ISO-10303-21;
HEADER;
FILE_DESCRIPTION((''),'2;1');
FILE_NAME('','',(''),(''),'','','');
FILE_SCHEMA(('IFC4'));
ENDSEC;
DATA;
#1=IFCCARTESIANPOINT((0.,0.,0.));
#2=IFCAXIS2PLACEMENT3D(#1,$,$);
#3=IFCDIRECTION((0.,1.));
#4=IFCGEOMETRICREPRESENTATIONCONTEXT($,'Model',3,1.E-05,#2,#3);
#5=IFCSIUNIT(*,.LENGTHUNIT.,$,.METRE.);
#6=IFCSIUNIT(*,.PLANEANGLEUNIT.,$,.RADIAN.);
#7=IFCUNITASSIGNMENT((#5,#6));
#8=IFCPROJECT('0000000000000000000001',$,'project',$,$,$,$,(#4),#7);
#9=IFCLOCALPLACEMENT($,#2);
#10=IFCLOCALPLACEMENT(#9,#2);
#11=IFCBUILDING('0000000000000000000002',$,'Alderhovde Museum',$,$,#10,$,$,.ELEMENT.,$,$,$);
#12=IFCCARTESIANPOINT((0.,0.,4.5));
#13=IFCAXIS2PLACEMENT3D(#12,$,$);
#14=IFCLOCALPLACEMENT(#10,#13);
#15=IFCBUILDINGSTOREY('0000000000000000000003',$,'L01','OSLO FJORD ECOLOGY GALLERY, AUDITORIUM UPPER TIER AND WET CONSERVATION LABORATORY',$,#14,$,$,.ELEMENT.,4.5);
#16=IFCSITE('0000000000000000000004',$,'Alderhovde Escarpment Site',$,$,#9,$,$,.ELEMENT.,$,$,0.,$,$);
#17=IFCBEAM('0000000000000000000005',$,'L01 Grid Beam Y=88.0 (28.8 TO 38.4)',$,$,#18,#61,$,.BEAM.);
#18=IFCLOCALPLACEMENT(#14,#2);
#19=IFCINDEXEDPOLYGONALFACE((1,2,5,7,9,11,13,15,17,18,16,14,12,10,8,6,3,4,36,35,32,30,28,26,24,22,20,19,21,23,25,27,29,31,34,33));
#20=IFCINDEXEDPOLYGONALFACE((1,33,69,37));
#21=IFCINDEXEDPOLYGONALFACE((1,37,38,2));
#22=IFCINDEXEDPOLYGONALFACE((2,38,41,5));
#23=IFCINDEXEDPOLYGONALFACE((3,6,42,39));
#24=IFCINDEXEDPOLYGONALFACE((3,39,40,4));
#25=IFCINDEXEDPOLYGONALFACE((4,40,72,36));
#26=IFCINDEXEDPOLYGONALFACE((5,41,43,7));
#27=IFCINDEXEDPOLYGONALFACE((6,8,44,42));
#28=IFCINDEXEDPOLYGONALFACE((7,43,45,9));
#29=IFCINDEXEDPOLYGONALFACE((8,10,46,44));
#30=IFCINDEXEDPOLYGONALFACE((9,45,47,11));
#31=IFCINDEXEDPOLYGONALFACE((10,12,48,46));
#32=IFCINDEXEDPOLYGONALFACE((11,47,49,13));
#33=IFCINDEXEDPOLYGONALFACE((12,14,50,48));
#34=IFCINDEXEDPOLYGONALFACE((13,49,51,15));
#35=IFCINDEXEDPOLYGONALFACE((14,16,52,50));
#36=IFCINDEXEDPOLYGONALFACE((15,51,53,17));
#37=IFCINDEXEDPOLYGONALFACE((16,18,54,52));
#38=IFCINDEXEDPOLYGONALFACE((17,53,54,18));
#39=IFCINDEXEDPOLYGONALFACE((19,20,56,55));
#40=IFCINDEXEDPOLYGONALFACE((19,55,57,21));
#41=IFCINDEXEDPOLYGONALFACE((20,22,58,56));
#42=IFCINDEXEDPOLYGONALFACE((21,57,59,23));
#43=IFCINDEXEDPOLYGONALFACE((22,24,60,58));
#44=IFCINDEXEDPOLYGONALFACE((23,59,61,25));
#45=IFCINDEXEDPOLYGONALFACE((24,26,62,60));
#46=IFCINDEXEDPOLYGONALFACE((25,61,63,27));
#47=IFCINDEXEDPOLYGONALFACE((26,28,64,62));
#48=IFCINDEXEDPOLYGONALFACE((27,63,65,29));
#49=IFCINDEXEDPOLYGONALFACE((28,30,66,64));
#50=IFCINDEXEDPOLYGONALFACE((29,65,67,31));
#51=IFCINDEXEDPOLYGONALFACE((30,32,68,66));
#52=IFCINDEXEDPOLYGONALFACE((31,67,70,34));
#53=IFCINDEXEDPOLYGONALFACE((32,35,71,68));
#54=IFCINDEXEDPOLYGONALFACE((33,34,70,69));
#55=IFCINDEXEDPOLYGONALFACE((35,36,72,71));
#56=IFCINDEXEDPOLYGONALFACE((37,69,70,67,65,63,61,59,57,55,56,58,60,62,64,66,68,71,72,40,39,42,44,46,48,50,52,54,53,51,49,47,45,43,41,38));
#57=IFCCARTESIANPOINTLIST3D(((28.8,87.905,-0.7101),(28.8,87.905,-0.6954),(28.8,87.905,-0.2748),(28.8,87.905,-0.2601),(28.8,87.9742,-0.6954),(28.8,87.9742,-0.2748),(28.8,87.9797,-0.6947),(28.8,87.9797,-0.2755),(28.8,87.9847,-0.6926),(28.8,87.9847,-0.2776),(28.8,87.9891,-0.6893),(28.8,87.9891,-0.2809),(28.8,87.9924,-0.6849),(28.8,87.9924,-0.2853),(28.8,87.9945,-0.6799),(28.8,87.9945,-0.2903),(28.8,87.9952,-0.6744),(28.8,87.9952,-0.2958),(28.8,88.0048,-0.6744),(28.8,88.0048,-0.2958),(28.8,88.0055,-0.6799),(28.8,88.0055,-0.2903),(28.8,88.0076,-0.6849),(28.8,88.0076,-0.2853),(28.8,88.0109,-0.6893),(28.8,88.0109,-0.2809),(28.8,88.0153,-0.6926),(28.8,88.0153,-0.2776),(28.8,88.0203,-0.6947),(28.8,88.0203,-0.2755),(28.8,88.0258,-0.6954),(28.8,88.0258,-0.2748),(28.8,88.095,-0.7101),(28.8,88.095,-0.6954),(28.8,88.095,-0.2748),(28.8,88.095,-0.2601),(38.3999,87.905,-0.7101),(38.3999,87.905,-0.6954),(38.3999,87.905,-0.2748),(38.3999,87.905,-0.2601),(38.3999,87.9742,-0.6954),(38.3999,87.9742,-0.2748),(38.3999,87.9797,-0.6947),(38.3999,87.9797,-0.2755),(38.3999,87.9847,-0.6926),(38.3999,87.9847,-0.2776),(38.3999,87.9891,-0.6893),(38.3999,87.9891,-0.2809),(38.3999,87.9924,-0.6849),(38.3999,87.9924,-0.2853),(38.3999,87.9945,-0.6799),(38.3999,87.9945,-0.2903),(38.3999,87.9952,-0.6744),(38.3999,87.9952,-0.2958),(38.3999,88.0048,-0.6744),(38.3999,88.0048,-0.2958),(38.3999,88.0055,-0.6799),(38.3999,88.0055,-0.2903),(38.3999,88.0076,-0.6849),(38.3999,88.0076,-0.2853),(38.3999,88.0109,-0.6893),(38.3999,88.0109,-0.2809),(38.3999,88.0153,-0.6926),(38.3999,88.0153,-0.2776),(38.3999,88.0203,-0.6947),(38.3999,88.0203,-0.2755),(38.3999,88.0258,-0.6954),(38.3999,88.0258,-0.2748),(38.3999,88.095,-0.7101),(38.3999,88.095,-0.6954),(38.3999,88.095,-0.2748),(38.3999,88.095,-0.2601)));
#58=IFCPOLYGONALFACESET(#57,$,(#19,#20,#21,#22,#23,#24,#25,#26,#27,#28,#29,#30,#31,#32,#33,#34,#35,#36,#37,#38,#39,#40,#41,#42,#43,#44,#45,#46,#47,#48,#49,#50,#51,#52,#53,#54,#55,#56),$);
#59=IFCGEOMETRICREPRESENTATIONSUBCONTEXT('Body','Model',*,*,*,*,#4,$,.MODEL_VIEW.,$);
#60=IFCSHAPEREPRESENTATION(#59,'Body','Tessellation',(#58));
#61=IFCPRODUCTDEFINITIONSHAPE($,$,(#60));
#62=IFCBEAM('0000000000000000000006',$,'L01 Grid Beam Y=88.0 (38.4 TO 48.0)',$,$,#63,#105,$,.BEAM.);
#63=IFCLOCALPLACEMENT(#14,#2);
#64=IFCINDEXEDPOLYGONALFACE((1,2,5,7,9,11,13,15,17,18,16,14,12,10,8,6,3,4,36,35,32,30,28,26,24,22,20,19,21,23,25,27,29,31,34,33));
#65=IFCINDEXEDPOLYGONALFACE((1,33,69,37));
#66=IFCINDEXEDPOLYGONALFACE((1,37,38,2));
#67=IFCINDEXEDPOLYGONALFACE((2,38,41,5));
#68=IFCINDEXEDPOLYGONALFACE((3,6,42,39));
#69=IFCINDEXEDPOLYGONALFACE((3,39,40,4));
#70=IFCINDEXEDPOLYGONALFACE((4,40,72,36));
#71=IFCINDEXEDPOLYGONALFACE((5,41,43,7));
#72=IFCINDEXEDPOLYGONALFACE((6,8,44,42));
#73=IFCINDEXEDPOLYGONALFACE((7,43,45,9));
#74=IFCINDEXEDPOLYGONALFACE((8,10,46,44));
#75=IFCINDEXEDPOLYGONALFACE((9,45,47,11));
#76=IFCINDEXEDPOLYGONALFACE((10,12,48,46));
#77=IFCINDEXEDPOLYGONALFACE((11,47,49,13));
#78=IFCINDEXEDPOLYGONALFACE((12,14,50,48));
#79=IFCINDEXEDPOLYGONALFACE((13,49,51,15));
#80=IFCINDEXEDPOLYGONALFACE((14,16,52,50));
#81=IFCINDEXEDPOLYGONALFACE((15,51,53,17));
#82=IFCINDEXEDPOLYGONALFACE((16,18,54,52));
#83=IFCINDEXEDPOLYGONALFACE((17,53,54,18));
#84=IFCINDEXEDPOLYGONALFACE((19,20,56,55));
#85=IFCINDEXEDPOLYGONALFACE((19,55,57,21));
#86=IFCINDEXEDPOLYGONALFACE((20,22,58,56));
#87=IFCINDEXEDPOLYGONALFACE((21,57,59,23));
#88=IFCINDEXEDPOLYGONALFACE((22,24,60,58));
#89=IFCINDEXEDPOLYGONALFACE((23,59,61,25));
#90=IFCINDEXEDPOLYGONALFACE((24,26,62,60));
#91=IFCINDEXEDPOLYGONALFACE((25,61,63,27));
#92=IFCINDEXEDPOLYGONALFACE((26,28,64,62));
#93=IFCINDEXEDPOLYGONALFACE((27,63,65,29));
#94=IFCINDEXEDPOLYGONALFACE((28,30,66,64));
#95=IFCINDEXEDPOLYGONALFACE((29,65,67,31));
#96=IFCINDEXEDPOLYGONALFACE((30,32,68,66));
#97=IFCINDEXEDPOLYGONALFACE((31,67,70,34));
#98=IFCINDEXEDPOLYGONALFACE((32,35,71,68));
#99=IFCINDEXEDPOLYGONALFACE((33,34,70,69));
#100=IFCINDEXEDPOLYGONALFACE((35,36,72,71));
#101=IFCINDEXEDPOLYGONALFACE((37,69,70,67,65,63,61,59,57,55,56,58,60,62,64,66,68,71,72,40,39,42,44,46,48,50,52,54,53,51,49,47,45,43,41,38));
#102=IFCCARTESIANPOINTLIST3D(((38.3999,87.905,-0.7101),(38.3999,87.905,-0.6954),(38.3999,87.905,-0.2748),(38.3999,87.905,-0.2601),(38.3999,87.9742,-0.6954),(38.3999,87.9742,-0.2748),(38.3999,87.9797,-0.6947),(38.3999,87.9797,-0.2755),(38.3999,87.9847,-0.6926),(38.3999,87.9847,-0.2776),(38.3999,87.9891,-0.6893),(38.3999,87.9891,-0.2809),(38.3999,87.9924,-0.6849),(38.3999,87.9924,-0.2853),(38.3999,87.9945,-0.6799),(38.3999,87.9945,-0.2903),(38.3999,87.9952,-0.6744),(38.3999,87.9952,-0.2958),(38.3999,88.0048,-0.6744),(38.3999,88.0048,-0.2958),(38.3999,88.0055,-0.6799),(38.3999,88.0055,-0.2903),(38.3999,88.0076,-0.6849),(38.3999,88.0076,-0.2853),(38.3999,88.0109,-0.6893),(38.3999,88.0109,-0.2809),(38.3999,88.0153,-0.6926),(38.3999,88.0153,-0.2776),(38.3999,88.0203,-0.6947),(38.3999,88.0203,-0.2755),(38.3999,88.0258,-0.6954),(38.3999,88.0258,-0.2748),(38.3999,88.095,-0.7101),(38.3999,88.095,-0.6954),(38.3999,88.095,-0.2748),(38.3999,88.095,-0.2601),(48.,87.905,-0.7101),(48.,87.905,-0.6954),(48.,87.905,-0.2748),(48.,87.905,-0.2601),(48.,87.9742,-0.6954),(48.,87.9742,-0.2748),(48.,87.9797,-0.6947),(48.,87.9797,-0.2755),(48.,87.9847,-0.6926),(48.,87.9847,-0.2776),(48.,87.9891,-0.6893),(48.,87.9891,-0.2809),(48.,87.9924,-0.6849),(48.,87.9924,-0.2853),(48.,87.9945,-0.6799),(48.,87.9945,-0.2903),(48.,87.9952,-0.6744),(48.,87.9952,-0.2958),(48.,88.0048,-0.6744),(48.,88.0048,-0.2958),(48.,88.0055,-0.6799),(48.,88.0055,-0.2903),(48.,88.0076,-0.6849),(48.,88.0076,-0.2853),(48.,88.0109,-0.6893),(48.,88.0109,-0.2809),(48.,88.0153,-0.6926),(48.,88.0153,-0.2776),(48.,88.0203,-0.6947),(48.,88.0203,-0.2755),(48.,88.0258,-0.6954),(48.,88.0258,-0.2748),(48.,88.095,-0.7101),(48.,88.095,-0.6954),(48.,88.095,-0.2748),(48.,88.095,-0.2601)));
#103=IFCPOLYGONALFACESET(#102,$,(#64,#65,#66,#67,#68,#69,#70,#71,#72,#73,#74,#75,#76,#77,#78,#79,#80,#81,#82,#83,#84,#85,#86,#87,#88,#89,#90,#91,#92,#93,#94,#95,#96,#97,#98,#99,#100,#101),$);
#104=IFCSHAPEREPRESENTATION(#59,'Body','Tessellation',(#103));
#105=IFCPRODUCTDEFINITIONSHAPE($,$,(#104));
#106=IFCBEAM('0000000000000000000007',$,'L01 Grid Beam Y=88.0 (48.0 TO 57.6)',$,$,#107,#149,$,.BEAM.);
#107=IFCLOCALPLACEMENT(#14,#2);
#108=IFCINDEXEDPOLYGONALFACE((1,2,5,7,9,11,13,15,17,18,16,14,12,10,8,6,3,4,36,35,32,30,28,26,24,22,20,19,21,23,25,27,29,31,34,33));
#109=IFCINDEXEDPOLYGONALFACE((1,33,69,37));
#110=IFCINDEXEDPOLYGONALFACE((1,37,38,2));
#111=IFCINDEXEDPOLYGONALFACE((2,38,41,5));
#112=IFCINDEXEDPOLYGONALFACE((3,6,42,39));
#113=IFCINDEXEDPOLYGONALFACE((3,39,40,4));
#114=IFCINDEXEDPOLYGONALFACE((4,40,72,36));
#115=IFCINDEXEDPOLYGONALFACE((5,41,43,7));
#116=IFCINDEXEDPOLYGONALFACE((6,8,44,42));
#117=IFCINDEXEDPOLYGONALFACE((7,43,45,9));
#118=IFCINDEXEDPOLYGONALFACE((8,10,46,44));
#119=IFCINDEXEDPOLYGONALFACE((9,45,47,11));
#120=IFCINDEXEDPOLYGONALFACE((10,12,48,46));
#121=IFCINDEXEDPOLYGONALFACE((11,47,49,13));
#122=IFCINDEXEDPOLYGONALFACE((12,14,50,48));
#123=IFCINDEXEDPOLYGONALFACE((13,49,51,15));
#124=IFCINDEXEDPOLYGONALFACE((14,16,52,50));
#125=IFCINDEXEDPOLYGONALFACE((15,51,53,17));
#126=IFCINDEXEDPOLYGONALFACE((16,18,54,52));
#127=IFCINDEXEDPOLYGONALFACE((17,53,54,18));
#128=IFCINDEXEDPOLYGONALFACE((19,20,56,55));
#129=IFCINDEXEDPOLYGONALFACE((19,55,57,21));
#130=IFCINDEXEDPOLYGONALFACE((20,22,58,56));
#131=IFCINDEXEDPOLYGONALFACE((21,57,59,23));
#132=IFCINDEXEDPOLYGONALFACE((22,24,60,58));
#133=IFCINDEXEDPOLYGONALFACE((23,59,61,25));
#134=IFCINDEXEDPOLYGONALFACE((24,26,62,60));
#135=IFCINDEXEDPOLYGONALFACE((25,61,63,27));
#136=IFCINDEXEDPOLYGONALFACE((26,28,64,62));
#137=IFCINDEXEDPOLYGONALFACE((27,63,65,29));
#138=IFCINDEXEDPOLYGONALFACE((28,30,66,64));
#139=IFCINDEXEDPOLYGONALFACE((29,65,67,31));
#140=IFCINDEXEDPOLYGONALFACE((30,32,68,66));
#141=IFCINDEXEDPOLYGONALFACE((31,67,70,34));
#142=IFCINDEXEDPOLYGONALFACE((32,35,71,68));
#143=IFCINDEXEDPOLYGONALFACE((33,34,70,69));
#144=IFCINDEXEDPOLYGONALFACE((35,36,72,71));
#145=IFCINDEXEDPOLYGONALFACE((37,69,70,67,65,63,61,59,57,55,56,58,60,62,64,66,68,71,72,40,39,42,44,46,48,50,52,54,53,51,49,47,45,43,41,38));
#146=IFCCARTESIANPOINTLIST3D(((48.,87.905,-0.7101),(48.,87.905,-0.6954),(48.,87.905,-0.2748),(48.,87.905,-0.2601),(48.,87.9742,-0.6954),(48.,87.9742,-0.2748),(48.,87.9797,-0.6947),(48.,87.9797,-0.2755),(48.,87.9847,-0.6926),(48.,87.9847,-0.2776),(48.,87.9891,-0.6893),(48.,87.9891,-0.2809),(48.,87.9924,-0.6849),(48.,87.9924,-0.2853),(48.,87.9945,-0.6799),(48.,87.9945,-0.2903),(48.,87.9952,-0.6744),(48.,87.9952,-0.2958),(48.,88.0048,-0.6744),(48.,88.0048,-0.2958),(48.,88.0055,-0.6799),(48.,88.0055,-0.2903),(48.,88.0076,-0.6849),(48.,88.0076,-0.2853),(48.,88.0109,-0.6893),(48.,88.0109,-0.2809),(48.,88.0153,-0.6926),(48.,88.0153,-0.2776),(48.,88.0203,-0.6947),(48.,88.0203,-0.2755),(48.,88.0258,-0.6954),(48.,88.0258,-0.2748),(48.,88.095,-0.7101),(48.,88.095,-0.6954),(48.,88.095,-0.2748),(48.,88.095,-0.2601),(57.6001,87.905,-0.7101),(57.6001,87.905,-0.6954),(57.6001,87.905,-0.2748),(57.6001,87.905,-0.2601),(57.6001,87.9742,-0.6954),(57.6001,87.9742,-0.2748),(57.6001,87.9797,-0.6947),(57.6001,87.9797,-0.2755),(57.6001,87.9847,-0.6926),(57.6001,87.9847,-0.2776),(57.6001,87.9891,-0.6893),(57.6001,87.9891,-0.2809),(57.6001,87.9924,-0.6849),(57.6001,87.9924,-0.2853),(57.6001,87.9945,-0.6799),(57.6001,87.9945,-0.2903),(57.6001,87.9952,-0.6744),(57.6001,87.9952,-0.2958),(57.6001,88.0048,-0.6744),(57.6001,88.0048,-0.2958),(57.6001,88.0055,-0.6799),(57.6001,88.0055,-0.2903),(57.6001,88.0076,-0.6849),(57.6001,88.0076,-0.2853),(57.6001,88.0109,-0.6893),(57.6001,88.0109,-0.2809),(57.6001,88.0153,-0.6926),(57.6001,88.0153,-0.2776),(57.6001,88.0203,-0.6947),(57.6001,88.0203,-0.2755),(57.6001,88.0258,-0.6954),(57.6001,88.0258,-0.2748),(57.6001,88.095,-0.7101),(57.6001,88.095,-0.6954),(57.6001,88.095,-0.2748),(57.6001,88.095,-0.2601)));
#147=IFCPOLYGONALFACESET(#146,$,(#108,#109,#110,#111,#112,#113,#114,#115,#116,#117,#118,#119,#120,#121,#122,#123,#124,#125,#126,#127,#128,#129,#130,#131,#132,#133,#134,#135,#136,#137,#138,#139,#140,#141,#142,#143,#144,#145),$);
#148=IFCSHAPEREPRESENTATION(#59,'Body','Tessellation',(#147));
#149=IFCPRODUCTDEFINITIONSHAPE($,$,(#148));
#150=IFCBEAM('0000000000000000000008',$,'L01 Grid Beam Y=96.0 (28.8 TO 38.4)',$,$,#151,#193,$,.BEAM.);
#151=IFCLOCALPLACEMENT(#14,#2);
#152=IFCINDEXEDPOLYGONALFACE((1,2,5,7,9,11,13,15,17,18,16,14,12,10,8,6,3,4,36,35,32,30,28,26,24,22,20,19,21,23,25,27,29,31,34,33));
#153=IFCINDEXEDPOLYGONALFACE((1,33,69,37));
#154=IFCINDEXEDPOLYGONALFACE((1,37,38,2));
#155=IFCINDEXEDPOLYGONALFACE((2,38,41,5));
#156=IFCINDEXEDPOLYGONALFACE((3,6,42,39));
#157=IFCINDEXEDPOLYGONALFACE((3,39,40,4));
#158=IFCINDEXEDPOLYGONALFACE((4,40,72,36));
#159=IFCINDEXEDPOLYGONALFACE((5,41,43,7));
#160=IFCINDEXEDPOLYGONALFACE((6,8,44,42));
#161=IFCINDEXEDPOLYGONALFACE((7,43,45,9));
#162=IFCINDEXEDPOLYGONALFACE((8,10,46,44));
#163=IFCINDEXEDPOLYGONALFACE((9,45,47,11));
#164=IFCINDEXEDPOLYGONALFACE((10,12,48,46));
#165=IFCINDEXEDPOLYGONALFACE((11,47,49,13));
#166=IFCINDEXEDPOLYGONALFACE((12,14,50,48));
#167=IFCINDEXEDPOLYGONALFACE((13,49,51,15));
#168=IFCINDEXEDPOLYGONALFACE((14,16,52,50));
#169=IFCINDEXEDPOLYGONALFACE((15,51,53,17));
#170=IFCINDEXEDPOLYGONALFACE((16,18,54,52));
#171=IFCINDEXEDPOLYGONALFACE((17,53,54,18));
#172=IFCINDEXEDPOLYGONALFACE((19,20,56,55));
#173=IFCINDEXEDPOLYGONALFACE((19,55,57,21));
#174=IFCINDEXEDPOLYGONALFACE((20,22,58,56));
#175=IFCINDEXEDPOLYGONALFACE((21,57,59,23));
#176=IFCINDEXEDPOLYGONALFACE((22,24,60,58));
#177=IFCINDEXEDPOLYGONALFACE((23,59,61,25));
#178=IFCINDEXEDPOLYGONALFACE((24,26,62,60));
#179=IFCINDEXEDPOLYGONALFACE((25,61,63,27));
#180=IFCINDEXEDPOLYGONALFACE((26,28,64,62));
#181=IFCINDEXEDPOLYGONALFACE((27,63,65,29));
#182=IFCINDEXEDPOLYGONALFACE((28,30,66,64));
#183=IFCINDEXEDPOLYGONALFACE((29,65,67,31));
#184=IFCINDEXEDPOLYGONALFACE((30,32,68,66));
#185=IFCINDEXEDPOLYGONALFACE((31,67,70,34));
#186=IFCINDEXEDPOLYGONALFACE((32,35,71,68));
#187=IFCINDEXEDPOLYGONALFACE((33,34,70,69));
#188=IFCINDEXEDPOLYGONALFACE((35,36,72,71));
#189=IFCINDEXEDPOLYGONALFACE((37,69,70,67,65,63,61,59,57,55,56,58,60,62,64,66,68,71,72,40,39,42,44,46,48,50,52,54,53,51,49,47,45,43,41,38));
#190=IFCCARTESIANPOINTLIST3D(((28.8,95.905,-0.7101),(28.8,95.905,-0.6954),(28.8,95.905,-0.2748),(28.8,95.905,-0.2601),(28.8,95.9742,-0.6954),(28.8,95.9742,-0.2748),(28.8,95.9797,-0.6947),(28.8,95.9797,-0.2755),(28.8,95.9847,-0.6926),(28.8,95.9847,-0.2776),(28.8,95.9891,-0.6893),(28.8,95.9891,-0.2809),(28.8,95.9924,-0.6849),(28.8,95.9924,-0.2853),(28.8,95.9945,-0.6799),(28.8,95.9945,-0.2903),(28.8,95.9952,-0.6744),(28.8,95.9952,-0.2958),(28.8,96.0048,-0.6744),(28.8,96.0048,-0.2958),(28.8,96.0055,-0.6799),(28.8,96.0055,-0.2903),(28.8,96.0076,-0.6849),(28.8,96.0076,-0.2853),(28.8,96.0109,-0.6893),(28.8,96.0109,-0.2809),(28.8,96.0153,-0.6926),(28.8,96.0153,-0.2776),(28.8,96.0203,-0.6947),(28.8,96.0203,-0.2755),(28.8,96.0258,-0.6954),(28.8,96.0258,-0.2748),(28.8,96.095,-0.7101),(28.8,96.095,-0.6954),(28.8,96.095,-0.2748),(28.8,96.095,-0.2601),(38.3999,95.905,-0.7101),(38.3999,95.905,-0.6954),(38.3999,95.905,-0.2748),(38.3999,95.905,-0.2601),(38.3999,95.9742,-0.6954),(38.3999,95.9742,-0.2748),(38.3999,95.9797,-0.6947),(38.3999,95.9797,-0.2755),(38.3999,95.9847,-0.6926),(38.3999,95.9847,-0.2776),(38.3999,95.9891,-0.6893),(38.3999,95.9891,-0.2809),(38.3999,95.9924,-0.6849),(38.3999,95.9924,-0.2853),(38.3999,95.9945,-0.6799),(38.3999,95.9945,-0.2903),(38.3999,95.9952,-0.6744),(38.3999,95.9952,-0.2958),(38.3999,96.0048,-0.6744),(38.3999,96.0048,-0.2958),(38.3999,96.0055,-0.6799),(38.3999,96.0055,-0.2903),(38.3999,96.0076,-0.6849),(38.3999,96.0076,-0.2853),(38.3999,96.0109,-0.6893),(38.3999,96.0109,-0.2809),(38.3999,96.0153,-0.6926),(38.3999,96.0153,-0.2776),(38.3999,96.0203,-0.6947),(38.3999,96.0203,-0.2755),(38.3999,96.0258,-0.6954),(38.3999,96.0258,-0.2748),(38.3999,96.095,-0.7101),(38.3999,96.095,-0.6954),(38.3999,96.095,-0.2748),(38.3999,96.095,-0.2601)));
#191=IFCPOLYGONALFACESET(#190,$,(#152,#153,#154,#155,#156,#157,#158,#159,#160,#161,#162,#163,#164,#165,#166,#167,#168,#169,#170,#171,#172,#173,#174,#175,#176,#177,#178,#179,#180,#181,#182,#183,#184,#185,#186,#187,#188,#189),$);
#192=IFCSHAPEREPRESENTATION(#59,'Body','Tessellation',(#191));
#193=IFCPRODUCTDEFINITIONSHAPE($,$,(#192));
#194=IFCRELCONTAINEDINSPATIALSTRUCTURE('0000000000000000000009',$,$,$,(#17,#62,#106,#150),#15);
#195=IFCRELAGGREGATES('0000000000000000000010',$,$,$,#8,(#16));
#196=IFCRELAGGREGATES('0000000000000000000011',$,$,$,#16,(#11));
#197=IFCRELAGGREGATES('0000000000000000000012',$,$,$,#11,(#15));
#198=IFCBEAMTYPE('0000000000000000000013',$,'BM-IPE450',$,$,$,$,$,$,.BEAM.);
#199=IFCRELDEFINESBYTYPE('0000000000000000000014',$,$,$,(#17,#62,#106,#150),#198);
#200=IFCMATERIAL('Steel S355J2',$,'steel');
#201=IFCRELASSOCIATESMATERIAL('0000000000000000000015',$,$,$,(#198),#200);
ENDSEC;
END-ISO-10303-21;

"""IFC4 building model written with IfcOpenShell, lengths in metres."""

from ifc_helpers import new_model, si_unit, direction, frame, origin, origin_2d, place, context, subcontext, project, spatial, i_section, extrude, material, material_profile, profile_set, type_object, element, save


model = new_model("IFC4")

# Units and contexts
model_context = context("Model", 3, precision=1e-05, world=origin(), true_north=direction((0.0, 1.0)))
body_context = subcontext(model_context, "Body", "Model", "MODEL_VIEW")
ifc_project = project(units=[si_unit("LENGTHUNIT", "METRE"), si_unit("PLANEANGLEUNIT", "RADIAN")], contexts=[model_context])

# Site, building, storey
site_placement = place(None, origin())
site = spatial("IfcSite", under=ifc_project, at=site_placement, Name="Alderhovde Escarpment Site", CompositionType="ELEMENT", RefElevation=0.0)
building_placement = place(site_placement, origin())
building = spatial("IfcBuilding", under=site, at=building_placement, Name="Alderhovde Museum", CompositionType="ELEMENT")
storey_placement = place(building_placement, frame((0.0, 0.0, 4.5)))
storey = spatial("IfcBuildingStorey", under=building, at=storey_placement, Name="L01", Description="OSLO FJORD ECOLOGY GALLERY, AUDITORIUM UPPER TIER AND WET CONSERVATION LABORATORY", CompositionType="ELEMENT", Elevation=4.5)

# Beams
ifc_material_1 = material(Name="Steel S355J2", Category="steel")
ifc_material_profile_1 = material_profile(ifc_material_1, i_section(OverallWidth=0.1899, OverallDepth=0.45, WebThickness=0.0095, FlangeThickness=0.0146, FilletRadius=0.021, at=origin_2d()), Name="IPE 450")
ifc_profile_set_1 = profile_set([ifc_material_profile_1], Name="Steel S355J2")
beam_type_1 = type_object("IfcBeamType", Name="BM-IPE450", PredefinedType="BEAM", material=ifc_profile_set_1)
beam_1_placement = place(storey_placement, frame((28.8, 88.0, -0.4851), z_axis=(1.0, 0.0, 0.0), x_axis=(0.0, 1.0, 0.0)))
element("IfcBeam", 1, at=beam_1_placement, inside=storey, type_object=beam_type_1, Name="L01 Grid Beam Y=88.0 (28.8 TO 38.4)", PredefinedType="BEAM", context=body_context, shape_type="SweptSolid", body=[
    extrude(i_section(OverallWidth=0.1899, OverallDepth=0.45, WebThickness=0.0095, FlangeThickness=0.0146, FilletRadius=0.021, at=origin_2d()), origin(), (0.0, 0.0, 1.0), 9.5999),
])
for number, where, z_axis, x_axis, name in (
    (2, (38.3999, 88.0, -0.4851), (1.0, 0.0, 0.0), (0.0, 1.0, 0.0), "L01 Grid Beam Y=88.0 (38.4 TO 48.0)"),
    (3, (48.0, 88.0, -0.4851), (1.0, 0.0, 0.0), (0.0, 1.0, 0.0), "L01 Grid Beam Y=88.0 (48.0 TO 57.6)"),
):
    element("IfcBeam", number, at=place(storey_placement, frame(where, z_axis=z_axis, x_axis=x_axis)), inside=storey, type_object=beam_type_1, Name=name, PredefinedType="BEAM", context=body_context, shape_type="SweptSolid", body=[
        extrude(i_section(OverallWidth=0.1899, OverallDepth=0.45, WebThickness=0.0095, FlangeThickness=0.0146, FilletRadius=0.021, at=origin_2d()), origin(), (0.0, 0.0, 1.0), 9.6001),
    ])
beam_2_placement = place(storey_placement, frame((28.8, 96.0, -0.4851), z_axis=(1.0, 0.0, 0.0), x_axis=(0.0, 1.0, 0.0)))
element("IfcBeam", 4, at=beam_2_placement, inside=storey, type_object=beam_type_1, Name="L01 Grid Beam Y=96.0 (28.8 TO 38.4)", PredefinedType="BEAM", context=body_context, shape_type="SweptSolid", body=[
    extrude(i_section(OverallWidth=0.1899, OverallDepth=0.45, WebThickness=0.0095, FlangeThickness=0.0146, FilletRadius=0.021, at=origin_2d()), origin(), (0.0, 0.0, 1.0), 9.5999),
])

save(model, "model.ifc")
